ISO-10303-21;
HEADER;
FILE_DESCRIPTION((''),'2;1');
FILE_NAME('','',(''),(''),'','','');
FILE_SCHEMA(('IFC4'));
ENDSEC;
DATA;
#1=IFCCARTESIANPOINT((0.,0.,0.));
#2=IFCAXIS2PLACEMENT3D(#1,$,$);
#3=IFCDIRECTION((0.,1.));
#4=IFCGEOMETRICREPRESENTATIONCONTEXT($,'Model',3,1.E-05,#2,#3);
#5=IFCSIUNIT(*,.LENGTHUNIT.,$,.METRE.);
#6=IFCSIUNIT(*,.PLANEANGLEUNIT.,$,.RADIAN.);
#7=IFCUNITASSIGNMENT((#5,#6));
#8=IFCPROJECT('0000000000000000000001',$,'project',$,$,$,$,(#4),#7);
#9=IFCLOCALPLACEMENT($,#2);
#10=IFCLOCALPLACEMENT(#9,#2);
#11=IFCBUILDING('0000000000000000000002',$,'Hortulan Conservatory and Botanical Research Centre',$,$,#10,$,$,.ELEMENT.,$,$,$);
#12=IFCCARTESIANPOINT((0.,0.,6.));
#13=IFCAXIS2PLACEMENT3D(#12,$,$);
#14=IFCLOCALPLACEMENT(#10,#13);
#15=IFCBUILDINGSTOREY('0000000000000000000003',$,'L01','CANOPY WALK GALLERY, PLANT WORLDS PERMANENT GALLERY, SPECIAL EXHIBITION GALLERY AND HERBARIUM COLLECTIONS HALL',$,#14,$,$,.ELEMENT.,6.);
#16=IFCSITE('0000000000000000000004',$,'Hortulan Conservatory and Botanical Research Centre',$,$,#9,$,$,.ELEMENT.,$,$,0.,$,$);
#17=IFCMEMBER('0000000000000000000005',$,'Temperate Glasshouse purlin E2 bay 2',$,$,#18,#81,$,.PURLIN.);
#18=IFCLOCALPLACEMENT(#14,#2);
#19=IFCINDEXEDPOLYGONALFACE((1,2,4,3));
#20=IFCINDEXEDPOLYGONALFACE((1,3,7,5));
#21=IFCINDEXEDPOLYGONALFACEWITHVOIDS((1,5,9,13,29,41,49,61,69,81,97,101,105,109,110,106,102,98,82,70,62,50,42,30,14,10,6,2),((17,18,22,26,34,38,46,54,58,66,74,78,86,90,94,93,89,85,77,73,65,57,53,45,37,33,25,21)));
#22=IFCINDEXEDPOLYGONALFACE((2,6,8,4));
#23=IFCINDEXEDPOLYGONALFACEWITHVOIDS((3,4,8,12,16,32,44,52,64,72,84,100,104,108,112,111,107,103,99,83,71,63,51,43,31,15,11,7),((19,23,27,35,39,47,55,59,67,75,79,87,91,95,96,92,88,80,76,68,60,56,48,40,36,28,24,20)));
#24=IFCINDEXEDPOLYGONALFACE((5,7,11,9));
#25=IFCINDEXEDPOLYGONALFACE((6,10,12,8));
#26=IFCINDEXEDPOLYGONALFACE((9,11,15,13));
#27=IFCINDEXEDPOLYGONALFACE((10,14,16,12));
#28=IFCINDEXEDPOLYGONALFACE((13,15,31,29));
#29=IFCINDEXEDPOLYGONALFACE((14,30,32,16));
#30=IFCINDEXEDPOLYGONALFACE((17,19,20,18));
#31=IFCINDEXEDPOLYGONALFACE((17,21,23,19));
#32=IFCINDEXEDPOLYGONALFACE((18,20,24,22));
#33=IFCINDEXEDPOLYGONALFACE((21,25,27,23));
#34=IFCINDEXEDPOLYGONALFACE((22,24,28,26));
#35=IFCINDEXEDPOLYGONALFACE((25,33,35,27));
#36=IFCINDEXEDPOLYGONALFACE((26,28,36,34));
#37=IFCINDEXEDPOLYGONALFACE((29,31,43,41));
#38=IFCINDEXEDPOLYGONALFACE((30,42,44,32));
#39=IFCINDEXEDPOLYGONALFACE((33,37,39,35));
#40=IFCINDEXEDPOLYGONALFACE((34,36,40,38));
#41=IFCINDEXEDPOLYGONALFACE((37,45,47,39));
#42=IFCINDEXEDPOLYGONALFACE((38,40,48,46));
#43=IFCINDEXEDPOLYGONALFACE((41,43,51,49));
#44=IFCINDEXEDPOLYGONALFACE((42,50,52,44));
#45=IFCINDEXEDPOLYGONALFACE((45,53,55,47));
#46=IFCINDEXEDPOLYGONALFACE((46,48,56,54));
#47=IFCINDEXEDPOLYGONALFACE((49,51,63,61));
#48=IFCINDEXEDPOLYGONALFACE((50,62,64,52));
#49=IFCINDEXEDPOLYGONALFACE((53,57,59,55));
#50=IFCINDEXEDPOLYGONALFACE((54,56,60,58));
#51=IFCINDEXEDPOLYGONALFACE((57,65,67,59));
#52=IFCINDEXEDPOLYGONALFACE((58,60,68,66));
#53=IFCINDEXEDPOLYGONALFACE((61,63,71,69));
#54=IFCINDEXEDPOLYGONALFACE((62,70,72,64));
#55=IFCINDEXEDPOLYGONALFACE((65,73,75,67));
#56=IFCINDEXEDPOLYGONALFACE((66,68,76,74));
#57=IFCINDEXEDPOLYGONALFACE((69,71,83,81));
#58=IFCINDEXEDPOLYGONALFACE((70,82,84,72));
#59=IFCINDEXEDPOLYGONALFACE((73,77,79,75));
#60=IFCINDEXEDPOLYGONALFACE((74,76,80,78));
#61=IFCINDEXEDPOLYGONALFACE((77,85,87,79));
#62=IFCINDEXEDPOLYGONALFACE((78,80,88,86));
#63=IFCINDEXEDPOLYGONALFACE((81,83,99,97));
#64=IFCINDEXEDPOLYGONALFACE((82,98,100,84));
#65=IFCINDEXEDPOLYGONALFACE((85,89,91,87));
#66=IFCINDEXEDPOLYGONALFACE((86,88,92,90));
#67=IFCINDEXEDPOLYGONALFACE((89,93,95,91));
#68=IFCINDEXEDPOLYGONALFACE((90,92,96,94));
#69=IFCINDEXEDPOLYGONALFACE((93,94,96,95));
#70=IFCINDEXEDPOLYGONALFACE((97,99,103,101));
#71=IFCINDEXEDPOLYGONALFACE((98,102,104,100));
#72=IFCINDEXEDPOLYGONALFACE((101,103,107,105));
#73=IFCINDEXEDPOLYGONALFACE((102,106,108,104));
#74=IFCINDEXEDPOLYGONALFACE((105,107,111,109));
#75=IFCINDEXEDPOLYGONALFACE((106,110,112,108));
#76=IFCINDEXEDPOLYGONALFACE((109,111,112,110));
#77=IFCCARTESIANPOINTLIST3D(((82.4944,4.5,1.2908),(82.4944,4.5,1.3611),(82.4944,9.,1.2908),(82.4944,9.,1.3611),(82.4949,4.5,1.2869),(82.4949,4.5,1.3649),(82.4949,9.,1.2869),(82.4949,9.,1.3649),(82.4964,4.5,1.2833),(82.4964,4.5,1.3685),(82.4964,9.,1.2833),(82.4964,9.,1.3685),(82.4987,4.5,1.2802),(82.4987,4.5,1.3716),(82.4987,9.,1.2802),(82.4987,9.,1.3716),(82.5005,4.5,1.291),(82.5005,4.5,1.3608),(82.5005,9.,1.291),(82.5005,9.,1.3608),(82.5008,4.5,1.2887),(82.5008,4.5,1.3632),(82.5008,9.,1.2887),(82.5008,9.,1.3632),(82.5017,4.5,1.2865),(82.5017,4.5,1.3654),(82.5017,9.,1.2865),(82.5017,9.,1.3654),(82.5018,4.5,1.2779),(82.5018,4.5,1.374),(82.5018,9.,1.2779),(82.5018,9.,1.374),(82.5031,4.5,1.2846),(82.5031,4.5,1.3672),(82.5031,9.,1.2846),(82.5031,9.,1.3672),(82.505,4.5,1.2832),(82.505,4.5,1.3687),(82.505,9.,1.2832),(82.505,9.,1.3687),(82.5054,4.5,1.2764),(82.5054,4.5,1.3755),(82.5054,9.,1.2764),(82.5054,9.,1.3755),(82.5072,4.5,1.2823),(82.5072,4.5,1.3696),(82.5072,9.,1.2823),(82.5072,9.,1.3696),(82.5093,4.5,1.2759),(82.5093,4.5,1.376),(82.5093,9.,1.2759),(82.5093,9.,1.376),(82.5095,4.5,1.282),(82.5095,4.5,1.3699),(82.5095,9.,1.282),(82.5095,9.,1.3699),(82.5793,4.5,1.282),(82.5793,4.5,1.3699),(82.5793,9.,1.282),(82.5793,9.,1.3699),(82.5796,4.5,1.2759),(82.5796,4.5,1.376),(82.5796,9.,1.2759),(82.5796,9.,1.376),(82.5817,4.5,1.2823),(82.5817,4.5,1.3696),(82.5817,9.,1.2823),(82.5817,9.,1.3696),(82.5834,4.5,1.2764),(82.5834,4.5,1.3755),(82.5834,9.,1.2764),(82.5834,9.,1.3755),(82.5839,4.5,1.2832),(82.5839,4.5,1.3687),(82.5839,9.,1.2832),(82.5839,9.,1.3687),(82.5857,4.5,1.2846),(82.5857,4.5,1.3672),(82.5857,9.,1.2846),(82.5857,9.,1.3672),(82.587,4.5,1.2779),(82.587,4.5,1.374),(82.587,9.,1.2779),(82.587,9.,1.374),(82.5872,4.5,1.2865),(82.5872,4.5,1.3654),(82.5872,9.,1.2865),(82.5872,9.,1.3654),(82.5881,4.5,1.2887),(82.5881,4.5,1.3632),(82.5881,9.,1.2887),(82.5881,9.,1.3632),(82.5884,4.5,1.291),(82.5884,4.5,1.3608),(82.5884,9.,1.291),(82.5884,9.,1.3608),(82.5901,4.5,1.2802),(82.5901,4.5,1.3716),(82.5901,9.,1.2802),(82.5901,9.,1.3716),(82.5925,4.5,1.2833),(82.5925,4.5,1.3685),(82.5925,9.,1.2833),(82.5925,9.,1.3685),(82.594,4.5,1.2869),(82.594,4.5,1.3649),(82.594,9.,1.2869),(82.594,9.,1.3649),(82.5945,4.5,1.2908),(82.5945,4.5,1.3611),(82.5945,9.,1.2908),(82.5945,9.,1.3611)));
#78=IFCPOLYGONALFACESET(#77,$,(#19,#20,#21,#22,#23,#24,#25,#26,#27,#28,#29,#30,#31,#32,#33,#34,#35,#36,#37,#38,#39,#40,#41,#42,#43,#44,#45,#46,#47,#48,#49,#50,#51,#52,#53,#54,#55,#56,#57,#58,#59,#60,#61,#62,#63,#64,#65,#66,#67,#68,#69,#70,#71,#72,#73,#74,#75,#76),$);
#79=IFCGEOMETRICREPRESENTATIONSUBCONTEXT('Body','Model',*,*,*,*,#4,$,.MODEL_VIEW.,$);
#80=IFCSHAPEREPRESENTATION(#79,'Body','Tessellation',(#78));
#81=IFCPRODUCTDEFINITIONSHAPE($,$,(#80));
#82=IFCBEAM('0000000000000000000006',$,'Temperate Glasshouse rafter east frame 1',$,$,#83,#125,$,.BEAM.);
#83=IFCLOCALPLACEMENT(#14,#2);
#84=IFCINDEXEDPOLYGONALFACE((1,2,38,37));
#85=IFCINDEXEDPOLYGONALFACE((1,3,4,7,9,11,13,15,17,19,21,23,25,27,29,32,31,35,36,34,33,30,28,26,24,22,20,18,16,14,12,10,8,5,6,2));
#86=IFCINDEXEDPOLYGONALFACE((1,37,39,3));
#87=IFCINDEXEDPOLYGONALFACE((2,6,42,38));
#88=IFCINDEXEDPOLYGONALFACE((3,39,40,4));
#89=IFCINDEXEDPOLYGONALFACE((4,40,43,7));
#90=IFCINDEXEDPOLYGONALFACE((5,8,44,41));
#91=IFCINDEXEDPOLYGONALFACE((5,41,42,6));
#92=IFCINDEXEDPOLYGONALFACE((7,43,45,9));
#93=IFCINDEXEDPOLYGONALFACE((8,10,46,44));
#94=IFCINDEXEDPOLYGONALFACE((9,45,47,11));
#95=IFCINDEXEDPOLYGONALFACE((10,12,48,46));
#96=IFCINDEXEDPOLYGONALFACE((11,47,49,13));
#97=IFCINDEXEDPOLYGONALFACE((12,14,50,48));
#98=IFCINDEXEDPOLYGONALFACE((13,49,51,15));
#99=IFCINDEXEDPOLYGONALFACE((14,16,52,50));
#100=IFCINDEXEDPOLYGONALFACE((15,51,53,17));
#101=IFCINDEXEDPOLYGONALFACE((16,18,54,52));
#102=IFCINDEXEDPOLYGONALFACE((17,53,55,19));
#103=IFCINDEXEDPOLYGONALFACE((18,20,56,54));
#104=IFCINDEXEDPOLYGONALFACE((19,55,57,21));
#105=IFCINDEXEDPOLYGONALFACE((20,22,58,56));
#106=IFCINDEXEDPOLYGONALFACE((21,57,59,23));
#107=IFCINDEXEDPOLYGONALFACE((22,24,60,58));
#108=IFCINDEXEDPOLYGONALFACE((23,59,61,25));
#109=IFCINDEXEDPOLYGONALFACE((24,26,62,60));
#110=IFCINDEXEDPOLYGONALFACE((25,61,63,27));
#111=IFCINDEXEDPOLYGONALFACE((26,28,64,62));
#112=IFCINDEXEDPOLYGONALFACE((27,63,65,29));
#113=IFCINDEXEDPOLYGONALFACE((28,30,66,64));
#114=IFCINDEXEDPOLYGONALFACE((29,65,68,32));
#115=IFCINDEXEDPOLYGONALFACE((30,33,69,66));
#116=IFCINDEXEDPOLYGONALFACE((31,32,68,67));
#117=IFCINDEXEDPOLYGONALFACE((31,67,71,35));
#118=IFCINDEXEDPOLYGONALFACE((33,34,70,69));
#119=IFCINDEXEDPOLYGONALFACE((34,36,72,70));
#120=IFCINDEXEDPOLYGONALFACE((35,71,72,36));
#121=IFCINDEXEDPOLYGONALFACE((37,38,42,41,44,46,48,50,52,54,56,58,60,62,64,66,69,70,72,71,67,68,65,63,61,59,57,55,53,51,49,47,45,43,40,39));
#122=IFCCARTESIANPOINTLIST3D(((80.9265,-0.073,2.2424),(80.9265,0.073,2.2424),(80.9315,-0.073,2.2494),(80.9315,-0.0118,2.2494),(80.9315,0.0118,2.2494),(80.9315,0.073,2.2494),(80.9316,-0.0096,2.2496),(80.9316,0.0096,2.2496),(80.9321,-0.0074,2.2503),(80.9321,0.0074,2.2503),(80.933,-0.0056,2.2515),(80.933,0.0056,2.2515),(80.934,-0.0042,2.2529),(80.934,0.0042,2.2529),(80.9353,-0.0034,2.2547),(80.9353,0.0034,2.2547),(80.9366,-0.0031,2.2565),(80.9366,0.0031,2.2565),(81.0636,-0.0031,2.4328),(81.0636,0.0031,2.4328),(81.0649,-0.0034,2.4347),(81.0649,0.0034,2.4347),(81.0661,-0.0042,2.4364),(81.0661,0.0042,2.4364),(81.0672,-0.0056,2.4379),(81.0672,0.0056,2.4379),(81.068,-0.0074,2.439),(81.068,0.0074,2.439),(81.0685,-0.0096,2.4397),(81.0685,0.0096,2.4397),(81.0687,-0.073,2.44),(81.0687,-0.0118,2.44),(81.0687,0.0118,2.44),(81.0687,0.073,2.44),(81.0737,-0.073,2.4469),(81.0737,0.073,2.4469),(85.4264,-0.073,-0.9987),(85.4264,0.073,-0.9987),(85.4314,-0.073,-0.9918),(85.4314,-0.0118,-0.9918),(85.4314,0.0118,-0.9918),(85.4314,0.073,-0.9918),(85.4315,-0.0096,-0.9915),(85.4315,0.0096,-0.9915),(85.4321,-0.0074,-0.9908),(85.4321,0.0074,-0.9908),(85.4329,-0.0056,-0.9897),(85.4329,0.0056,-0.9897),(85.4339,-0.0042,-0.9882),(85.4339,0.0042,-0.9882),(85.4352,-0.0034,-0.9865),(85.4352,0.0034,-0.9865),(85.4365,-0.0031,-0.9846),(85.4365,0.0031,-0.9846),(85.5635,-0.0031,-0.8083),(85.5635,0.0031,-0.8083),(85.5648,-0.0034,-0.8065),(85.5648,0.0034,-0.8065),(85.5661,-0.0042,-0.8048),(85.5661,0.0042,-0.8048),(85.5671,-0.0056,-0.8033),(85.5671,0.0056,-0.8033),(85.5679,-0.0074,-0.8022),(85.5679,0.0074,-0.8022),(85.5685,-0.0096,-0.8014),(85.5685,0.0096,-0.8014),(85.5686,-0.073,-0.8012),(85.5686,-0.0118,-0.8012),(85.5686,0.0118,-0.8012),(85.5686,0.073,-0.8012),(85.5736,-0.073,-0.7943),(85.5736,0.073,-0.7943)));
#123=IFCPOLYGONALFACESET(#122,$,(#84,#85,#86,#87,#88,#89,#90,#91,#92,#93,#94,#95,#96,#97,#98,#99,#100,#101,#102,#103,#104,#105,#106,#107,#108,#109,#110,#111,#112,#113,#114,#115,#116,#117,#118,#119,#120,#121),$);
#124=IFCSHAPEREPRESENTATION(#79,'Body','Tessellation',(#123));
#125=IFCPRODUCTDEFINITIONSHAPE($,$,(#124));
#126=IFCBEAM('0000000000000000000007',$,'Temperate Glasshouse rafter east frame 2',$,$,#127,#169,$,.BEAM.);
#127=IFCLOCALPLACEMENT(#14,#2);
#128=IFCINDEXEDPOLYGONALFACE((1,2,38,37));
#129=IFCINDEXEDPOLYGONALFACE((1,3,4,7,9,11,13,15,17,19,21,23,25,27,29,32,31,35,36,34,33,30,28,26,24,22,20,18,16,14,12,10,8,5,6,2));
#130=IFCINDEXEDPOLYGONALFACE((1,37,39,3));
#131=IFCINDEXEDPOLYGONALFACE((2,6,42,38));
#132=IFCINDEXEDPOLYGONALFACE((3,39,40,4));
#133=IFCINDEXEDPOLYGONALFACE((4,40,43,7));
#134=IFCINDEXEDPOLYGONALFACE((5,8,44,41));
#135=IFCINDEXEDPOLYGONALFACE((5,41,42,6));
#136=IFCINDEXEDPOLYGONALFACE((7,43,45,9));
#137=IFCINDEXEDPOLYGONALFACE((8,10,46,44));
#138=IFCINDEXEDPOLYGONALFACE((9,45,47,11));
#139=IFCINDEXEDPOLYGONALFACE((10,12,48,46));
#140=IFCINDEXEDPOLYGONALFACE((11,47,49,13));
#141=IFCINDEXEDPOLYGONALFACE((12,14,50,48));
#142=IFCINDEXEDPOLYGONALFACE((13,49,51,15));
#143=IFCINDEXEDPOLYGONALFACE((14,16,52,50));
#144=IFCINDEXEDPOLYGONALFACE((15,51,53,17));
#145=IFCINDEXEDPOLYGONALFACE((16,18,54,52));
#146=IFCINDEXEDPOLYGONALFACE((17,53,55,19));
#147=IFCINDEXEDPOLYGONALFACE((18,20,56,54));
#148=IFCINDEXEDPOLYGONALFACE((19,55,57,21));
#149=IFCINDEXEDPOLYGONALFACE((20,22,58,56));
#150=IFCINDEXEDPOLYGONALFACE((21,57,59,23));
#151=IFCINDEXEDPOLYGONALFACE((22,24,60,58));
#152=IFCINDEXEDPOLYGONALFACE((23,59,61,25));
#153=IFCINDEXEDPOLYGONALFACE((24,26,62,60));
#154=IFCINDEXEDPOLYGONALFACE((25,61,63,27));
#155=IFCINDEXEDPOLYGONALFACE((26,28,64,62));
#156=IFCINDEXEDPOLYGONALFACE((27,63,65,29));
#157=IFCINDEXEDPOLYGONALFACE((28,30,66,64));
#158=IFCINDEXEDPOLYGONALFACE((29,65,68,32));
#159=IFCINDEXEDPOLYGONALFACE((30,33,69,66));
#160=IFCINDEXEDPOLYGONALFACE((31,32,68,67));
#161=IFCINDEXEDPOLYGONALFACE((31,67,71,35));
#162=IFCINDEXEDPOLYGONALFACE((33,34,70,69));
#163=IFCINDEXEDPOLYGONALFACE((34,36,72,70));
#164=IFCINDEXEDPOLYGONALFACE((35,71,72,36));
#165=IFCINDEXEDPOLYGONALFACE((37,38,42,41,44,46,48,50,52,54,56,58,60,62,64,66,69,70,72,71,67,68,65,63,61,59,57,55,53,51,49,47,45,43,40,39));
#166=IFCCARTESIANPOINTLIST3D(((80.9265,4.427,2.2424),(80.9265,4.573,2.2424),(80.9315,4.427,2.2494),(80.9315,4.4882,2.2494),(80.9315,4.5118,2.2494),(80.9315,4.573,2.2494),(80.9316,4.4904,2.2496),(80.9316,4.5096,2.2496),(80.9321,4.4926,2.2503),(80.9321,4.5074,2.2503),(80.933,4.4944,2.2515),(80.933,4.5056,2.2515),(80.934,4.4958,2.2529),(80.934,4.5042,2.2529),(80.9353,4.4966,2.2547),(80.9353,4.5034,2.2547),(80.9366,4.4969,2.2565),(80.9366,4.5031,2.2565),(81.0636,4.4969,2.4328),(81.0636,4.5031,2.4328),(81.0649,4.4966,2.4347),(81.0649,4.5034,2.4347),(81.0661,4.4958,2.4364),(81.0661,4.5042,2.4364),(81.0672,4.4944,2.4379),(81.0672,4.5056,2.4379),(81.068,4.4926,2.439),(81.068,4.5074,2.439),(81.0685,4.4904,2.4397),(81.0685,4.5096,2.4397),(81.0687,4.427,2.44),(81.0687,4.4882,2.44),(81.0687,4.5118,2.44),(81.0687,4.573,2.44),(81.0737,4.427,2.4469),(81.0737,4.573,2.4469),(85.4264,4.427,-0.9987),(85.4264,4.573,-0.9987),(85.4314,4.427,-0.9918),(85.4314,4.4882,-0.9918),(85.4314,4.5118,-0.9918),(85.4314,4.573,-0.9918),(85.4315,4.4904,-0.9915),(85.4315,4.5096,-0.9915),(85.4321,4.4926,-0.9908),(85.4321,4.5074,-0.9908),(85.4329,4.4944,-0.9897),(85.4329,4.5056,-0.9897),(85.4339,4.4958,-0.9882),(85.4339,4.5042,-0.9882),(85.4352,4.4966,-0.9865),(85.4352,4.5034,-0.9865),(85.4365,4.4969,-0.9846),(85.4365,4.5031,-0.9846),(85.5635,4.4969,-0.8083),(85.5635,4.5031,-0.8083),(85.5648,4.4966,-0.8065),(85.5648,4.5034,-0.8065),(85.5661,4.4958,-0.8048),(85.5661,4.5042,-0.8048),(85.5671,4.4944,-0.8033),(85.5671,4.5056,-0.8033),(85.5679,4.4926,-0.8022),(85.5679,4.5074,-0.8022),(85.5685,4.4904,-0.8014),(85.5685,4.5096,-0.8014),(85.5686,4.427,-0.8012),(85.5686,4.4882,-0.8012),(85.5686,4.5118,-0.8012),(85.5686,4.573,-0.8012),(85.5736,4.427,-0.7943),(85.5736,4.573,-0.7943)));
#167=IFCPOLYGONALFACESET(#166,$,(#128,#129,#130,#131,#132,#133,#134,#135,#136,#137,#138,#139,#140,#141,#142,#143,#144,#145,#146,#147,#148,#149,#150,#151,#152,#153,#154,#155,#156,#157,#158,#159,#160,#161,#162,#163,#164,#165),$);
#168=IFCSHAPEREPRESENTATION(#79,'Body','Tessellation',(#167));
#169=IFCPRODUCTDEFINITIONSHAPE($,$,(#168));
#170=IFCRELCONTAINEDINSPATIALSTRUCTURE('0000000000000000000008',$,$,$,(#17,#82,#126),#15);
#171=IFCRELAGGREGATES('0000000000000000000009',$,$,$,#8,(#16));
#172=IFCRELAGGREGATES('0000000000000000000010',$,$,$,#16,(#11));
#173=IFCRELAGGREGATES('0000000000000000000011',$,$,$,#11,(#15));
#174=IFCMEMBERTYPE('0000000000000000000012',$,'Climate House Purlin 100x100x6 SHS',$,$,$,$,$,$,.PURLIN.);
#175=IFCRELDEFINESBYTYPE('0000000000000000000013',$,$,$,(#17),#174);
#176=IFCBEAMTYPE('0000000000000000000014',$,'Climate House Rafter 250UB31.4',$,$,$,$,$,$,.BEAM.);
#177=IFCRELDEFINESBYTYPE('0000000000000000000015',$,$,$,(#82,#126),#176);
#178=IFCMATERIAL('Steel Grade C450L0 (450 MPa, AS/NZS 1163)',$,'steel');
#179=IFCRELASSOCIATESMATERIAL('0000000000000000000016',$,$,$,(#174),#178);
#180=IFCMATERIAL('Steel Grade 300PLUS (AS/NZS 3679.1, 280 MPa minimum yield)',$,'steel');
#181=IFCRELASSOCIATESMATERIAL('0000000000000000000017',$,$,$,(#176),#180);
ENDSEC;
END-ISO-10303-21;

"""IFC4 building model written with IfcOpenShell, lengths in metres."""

from ifc_helpers import new_model, si_unit, direction, frame, origin, origin_2d, place, context, subcontext, project, spatial, hollow_rectangle, i_section, extrude, material, material_profile, profile_set, type_object, element, save


model = new_model("IFC4")

# Units and contexts
model_context = context("Model", 3, precision=1e-05, world=origin(), true_north=direction((0.0, 1.0)))
body_context = subcontext(model_context, "Body", "Model", "MODEL_VIEW")
ifc_project = project(units=[si_unit("LENGTHUNIT", "METRE"), si_unit("PLANEANGLEUNIT", "RADIAN")], contexts=[model_context])

# Site, building, storey
site_placement = place(None, origin())
site = spatial("IfcSite", under=ifc_project, at=site_placement, Name="Hortulan Conservatory and Botanical Research Centre", CompositionType="ELEMENT", RefElevation=0.0)
building_placement = place(site_placement, origin())
building = spatial("IfcBuilding", under=site, at=building_placement, Name="Hortulan Conservatory and Botanical Research Centre", CompositionType="ELEMENT")
storey_placement = place(building_placement, frame((0.0, 0.0, 6.0)))
storey = spatial("IfcBuildingStorey", under=building, at=storey_placement, Name="L01", Description="CANOPY WALK GALLERY, PLANT WORLDS PERMANENT GALLERY, SPECIAL EXHIBITION GALLERY AND HERBARIUM COLLECTIONS HALL", CompositionType="ELEMENT", Elevation=6.0)

# Member
ifc_material_1 = material(Name="Steel Grade C450L0 (450 MPa, AS/NZS 1163)", Category="steel")
ifc_material_profile_1 = material_profile(ifc_material_1, hollow_rectangle(XDim=0.1001, YDim=0.1001, WallThickness=0.0061, InnerFilletRadius=0.009, OuterFilletRadius=0.0149, at=origin_2d()), Name="100x100x6SHS")
ifc_profile_set_1 = profile_set([ifc_material_profile_1], Name="Steel Grade C450L0 (450 MPa, AS/NZS 1163)")
member_type_1 = type_object("IfcMemberType", Name="Climate House Purlin 100x100x6 SHS", PredefinedType="PURLIN", material=ifc_profile_set_1)
for number, where, z_axis, x_axis, name in (
    (1, (82.5444, 4.5, 1.3259), (0.0, 1.0, 0.0), (-1.0, 0.0, 0.0), "Temperate Glasshouse purlin E2 bay 2"),
):
    element("IfcMember", number, at=place(storey_placement, frame(where, z_axis=z_axis, x_axis=x_axis)), inside=storey, type_object=member_type_1, Name=name, PredefinedType="PURLIN", context=body_context, shape_type="SweptSolid", body=[
        extrude(hollow_rectangle(XDim=0.1001, YDim=0.1001, WallThickness=0.0061, InnerFilletRadius=0.009, OuterFilletRadius=0.0149, at=origin_2d()), origin(), (0.0, 0.0, 1.0), 4.5),
    ])

# Beams
ifc_material_2 = material(Name="Steel Grade 300PLUS (AS/NZS 3679.1, 280 MPa minimum yield)", Category="steel")
ifc_material_profile_2 = material_profile(ifc_material_2, i_section(OverallWidth=0.146, OverallDepth=0.252, WebThickness=0.0061, FlangeThickness=0.0085, FilletRadius=0.0088, at=origin_2d()), Name="250UB31.4")
ifc_profile_set_2 = profile_set([ifc_material_profile_2], Name="Steel Grade 300PLUS (AS/NZS 3679.1, 280 MPa minimum yield)")
beam_type = type_object("IfcBeamType", Name="Climate House Rafter 250UB31.4", PredefinedType="BEAM", material=ifc_profile_set_2)
for number, where, z_axis, x_axis, name in (
    (2, (85.5, 0.0, -0.8965), (-0.811431, 0.0, 0.584449), (0.0, -1.0, 0.0), "Temperate Glasshouse rafter east frame 1"),
    (3, (85.5, 4.5, -0.8965), (-0.811431, 0.0, 0.584449), (0.0, -1.0, 0.0), "Temperate Glasshouse rafter east frame 2"),
):
    element("IfcBeam", number, at=place(storey_placement, frame(where, z_axis=z_axis, x_axis=x_axis)), inside=storey, type_object=beam_type, Name=name, PredefinedType="BEAM", context=body_context, shape_type="SweptSolid", body=[
        extrude(i_section(OverallWidth=0.146, OverallDepth=0.252, WebThickness=0.0061, FlangeThickness=0.0085, FilletRadius=0.0088, at=origin_2d()), origin(), (0.0, 0.0, 1.0), 5.5457),
    ])

save(model, "model.ifc")
